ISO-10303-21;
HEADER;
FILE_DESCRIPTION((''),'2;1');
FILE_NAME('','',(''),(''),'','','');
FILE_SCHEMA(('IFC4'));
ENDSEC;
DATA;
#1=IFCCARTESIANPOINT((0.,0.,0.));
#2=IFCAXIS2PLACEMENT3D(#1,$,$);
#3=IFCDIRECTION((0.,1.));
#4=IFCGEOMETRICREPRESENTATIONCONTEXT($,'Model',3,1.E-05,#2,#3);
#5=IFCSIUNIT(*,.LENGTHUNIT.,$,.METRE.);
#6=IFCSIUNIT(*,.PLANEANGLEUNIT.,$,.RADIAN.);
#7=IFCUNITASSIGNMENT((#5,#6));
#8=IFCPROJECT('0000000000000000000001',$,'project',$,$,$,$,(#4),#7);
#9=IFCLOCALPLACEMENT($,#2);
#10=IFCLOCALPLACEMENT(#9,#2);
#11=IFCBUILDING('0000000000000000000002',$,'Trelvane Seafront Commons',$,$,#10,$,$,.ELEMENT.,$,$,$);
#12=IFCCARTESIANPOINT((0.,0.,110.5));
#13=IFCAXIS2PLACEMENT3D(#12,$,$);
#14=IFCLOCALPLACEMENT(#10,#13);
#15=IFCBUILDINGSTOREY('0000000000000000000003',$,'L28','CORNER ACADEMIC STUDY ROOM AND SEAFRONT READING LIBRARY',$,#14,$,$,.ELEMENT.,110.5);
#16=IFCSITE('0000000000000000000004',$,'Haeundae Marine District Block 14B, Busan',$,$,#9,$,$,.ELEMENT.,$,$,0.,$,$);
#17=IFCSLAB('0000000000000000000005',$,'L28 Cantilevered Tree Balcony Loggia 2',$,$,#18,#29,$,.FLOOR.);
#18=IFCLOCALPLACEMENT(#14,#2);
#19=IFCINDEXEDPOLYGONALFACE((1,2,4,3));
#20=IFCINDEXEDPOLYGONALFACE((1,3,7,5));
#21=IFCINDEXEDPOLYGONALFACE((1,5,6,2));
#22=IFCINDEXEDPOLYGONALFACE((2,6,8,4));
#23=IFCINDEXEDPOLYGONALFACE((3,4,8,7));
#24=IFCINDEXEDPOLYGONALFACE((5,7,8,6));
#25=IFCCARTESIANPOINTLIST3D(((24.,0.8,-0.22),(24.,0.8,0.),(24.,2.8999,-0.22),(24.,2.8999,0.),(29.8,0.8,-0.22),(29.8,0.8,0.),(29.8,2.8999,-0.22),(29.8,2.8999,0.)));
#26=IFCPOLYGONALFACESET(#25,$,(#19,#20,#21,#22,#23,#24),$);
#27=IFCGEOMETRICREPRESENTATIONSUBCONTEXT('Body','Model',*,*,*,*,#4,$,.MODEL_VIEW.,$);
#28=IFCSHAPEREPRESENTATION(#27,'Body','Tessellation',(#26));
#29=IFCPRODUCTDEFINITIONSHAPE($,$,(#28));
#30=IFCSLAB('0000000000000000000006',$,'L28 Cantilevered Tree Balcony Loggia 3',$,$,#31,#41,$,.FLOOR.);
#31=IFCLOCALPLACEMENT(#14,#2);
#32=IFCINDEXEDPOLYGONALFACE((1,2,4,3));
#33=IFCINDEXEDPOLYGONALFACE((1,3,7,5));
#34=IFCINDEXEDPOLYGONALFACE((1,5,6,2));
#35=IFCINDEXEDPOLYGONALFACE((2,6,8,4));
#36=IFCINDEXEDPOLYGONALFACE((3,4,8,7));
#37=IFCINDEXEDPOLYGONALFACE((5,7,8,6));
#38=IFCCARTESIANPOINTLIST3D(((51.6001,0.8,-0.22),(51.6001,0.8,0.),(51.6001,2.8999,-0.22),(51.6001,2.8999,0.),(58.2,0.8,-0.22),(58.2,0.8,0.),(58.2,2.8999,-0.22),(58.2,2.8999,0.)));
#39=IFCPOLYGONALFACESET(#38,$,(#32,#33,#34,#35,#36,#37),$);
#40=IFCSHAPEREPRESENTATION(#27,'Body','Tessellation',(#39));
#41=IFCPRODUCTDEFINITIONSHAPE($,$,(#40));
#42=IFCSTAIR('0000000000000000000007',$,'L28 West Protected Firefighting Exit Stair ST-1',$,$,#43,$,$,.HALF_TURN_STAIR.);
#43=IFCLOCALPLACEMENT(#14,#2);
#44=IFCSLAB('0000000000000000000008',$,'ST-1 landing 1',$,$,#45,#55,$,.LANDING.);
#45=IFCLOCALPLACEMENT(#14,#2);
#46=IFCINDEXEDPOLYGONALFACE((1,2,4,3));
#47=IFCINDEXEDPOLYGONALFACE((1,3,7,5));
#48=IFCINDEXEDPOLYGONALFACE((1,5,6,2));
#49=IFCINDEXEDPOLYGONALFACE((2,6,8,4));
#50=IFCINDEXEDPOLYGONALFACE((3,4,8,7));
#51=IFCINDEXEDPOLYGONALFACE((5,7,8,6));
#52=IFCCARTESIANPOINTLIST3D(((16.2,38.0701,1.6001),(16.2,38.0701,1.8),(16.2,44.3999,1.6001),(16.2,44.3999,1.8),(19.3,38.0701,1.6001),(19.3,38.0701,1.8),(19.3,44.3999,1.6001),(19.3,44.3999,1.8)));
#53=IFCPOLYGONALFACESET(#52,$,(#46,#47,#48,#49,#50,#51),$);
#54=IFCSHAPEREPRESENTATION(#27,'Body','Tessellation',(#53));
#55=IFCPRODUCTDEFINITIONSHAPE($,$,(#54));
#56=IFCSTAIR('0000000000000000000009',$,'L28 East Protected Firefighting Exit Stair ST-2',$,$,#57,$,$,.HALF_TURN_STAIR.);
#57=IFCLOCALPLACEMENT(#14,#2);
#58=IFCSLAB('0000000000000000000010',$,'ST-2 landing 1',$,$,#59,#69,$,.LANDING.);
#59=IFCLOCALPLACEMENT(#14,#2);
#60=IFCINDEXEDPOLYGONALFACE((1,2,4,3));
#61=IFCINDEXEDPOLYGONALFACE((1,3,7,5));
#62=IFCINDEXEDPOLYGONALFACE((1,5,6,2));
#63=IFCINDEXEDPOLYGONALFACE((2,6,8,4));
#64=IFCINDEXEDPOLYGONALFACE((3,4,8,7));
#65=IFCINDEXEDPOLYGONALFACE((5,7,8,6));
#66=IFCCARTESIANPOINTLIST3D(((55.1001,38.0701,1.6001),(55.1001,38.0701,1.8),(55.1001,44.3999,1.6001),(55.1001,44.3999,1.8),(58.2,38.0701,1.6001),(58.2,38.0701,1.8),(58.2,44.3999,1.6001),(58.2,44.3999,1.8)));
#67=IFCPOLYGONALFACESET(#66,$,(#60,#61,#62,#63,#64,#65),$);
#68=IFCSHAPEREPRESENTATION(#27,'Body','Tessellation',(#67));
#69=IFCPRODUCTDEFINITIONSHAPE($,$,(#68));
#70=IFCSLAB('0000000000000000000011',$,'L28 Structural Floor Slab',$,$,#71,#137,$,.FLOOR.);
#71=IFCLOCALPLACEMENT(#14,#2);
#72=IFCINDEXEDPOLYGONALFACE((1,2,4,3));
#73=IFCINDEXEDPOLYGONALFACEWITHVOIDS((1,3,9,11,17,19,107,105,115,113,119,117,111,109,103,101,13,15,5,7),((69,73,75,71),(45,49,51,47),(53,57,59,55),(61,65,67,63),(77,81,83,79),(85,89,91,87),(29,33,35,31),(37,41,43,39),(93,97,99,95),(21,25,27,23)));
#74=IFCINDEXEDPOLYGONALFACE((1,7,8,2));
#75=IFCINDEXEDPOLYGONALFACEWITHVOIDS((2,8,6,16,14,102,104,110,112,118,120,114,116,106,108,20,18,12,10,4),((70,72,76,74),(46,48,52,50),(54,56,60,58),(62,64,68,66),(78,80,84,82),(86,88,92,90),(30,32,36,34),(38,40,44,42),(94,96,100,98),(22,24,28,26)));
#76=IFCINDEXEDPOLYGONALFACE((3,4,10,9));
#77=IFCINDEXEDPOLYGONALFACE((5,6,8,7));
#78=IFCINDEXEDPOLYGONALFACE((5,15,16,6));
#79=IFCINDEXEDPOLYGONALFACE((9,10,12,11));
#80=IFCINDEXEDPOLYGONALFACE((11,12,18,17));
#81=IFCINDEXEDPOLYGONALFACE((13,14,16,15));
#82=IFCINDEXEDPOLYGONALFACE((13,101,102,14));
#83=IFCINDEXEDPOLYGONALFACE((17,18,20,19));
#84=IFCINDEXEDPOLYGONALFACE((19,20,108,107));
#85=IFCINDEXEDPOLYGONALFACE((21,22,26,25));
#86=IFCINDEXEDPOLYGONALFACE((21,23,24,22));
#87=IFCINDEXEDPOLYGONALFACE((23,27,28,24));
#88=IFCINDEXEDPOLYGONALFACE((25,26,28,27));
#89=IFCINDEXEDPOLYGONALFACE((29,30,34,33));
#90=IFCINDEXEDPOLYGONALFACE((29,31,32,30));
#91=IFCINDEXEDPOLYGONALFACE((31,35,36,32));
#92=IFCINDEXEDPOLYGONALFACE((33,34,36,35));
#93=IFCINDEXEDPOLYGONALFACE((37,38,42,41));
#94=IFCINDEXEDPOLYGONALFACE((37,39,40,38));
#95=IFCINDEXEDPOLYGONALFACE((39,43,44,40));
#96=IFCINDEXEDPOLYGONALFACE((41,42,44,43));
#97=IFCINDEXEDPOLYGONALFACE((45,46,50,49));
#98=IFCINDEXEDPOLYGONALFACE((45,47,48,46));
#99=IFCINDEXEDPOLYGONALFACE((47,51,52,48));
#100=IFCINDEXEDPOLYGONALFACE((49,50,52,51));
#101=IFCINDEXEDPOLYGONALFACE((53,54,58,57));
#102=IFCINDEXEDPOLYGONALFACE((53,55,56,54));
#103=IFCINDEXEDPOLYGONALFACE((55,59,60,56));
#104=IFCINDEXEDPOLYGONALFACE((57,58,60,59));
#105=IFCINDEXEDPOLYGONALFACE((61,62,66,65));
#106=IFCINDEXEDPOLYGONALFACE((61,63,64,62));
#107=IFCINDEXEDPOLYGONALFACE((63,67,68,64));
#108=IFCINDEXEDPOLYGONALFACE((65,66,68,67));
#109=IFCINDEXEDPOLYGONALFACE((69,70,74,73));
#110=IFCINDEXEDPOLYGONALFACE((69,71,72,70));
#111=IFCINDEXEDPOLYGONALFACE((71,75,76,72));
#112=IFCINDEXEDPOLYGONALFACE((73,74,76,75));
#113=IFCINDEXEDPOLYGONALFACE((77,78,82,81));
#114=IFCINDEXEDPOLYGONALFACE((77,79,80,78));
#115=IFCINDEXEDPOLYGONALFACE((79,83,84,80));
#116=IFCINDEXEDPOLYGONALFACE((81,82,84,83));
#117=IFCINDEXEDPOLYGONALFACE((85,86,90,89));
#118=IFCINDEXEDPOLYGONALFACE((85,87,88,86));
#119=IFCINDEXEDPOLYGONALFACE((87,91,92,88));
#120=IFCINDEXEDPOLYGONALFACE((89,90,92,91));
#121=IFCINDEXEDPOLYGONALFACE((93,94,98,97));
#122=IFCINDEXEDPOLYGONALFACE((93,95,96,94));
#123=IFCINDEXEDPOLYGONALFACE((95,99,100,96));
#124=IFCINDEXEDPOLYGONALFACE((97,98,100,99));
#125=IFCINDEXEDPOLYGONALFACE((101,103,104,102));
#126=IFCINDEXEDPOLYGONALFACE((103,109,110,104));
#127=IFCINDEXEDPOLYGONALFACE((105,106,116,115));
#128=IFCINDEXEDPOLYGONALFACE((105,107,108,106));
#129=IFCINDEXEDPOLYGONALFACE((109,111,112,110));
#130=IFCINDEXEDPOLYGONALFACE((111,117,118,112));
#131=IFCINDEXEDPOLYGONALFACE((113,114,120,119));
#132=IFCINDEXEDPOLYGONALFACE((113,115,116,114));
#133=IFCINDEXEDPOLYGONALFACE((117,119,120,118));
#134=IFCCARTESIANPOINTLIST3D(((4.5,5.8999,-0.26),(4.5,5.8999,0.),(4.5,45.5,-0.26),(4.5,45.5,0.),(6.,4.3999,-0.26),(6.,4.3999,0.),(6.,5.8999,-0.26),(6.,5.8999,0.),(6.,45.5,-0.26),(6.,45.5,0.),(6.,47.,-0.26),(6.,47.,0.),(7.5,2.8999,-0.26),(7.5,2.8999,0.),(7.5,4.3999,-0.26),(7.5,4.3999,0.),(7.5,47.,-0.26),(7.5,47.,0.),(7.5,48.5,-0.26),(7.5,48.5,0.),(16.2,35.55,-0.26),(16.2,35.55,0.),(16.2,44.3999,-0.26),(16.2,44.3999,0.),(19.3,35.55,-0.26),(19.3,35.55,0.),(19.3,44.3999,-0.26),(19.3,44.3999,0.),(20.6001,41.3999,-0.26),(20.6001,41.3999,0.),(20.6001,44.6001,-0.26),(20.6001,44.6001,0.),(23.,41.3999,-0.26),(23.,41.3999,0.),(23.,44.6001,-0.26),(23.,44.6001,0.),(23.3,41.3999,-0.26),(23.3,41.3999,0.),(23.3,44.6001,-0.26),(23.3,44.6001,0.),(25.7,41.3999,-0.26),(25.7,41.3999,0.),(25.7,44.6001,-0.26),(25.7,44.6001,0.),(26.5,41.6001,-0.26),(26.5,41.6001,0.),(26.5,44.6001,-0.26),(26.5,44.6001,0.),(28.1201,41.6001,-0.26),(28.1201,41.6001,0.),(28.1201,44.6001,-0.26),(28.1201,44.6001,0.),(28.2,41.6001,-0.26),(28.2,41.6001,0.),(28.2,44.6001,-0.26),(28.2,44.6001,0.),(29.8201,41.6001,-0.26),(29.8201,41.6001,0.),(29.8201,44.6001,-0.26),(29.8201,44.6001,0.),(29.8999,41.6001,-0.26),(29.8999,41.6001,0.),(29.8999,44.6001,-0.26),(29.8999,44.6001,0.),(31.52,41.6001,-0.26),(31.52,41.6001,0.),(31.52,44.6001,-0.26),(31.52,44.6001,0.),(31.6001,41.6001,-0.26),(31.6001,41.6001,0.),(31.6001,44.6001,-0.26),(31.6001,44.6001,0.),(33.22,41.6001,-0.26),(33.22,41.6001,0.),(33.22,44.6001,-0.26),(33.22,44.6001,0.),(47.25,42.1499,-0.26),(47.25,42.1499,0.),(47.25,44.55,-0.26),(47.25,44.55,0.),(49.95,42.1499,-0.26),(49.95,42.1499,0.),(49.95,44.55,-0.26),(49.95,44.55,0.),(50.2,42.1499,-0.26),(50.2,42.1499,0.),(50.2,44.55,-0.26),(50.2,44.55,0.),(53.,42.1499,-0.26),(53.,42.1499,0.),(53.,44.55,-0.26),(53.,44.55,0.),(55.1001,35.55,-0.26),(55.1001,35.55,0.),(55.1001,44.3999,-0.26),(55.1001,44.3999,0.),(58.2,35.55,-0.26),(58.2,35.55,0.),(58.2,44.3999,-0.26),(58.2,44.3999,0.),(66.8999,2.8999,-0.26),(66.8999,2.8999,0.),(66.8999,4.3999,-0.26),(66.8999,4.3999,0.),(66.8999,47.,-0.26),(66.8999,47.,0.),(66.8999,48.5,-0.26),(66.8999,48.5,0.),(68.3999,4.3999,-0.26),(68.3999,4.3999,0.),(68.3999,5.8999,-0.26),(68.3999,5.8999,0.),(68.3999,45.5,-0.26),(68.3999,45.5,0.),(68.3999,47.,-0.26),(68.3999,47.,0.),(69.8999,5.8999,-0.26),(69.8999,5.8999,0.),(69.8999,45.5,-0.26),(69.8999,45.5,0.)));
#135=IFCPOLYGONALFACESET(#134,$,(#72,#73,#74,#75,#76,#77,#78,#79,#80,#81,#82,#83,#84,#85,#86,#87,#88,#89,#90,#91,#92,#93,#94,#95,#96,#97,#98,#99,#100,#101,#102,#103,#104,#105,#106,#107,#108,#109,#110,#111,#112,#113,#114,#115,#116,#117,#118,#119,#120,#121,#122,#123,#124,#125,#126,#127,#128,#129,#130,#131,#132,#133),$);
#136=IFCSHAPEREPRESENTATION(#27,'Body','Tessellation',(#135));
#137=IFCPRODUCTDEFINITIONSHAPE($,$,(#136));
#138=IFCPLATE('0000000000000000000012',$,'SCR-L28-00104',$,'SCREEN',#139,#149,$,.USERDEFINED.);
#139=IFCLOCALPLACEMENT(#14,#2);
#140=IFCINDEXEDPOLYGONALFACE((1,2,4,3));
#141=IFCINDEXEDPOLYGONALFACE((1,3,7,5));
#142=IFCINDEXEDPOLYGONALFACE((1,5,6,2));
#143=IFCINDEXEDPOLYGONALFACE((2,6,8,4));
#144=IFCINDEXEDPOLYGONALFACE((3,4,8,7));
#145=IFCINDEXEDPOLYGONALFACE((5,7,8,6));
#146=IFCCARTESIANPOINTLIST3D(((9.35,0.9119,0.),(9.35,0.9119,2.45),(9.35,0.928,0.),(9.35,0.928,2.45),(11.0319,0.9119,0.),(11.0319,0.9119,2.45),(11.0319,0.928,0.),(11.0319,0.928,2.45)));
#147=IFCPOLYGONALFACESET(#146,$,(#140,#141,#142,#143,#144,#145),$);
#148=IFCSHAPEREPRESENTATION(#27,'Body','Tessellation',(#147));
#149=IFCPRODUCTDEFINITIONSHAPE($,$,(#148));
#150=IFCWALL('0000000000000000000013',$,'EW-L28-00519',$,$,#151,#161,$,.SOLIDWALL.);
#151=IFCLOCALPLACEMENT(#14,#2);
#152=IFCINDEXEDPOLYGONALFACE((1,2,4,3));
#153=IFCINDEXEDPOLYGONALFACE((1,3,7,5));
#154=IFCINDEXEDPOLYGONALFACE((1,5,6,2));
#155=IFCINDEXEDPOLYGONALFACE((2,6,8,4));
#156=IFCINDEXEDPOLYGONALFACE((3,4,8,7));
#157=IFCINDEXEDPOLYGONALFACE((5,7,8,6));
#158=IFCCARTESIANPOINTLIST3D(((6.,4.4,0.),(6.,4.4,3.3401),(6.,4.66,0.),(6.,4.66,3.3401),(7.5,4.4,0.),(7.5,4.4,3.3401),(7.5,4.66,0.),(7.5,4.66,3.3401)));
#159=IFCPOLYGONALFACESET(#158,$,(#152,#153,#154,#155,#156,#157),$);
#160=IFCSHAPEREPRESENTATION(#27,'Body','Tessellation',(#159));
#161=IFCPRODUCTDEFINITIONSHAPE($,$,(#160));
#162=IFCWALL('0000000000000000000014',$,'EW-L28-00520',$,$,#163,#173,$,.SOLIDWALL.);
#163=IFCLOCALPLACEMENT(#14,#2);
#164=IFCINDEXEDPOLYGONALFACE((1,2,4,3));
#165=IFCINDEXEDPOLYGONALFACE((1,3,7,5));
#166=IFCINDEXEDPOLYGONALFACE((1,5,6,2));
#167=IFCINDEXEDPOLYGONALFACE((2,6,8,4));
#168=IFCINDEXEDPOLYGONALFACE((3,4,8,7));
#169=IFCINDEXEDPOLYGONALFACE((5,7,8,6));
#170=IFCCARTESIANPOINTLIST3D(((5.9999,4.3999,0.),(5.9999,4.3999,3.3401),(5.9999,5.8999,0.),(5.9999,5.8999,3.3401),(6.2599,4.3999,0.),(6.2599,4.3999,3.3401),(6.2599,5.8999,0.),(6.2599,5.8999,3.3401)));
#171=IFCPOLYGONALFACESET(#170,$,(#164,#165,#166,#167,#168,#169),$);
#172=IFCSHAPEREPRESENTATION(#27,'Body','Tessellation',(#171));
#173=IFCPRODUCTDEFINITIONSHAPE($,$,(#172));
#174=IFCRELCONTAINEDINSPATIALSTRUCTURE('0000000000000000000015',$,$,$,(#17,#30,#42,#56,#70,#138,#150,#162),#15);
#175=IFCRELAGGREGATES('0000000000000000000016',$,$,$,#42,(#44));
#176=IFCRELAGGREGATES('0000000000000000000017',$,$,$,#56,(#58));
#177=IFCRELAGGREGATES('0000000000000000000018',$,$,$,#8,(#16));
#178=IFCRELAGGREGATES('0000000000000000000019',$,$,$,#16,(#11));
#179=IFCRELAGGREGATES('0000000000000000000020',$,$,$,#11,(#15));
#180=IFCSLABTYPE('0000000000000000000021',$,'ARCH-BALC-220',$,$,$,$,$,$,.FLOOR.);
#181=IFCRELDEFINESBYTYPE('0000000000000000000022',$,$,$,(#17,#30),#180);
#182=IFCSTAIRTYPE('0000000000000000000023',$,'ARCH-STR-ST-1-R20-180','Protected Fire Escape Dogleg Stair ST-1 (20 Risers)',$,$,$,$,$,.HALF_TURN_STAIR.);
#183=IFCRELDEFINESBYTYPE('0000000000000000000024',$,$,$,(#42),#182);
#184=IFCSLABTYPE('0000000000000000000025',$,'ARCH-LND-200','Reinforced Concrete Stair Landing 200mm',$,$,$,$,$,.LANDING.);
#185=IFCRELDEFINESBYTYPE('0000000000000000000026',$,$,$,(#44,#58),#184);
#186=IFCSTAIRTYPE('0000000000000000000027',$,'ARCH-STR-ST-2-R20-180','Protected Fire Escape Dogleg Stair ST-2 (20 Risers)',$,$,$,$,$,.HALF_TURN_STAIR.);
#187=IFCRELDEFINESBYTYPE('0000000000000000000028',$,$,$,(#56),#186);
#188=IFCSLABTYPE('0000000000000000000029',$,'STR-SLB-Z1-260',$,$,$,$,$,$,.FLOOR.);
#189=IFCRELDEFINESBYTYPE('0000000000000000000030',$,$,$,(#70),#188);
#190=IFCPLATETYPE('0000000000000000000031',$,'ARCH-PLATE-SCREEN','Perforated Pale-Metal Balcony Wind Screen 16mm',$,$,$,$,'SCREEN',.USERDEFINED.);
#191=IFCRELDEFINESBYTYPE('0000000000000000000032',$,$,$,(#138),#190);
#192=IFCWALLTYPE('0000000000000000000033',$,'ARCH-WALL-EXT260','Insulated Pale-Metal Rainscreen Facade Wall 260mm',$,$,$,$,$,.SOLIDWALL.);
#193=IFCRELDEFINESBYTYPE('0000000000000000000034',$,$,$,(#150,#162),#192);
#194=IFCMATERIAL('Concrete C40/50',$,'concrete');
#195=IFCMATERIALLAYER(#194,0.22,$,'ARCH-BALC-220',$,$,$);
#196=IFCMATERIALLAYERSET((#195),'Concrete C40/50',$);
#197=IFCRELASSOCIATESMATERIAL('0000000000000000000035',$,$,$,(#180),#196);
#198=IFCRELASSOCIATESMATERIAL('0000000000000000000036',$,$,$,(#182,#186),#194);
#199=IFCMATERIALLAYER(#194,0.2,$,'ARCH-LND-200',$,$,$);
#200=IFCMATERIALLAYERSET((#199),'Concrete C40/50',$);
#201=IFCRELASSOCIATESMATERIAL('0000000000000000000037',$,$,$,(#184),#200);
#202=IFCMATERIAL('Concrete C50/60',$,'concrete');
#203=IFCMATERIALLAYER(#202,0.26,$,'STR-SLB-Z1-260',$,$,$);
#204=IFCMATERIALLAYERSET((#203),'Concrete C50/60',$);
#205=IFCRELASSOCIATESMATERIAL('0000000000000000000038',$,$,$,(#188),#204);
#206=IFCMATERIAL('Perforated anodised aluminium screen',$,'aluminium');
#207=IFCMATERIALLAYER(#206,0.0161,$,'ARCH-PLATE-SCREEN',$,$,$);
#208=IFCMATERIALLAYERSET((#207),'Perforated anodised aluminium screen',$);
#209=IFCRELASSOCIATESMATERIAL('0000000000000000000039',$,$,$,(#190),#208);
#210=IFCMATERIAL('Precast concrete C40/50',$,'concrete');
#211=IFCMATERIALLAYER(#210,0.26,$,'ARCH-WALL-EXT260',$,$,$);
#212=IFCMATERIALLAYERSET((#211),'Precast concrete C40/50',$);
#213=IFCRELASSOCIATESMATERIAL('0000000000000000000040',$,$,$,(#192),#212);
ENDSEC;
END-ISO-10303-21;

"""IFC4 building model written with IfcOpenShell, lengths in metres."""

from ifc_helpers import new_model, si_unit, direction, frame, frame_2d, origin, origin_2d, place, context, subcontext, project, spatial, polyline, rectangle, outline, extrude, source, transform, mapped, material, layer, layer_set, type_object, element, aggregate, save


model = new_model("IFC4")

# Units and contexts
model_context = context("Model", 3, precision=1e-05, world=origin(), true_north=direction((0.0, 1.0)))
body_context = subcontext(model_context, "Body", "Model", "MODEL_VIEW")
ifc_project = project(units=[si_unit("LENGTHUNIT", "METRE"), si_unit("PLANEANGLEUNIT", "RADIAN")], contexts=[model_context])

# Site, building, storey
site_placement = place(None, origin())
site = spatial("IfcSite", under=ifc_project, at=site_placement, Name="Haeundae Marine District Block 14B, Busan", CompositionType="ELEMENT", RefElevation=0.0)
building_placement = place(site_placement, origin())
building = spatial("IfcBuilding", under=site, at=building_placement, Name="Trelvane Seafront Commons", CompositionType="ELEMENT")
storey_placement = place(building_placement, frame((0.0, 0.0, 110.5)))
storey = spatial("IfcBuildingStorey", under=building, at=storey_placement, Name="L28", Description="CORNER ACADEMIC STUDY ROOM AND SEAFRONT READING LIBRARY", CompositionType="ELEMENT", Elevation=110.5)

# Slabs
ifc_material_1 = material(Name="Concrete C40/50", Category="concrete")
ifc_layer_1 = layer(ifc_material_1, 0.22, Name="ARCH-BALC-220")
ifc_layer_set_1 = layer_set([ifc_layer_1], Name="Concrete C40/50")
slab_type_1 = type_object("IfcSlabType", Name="ARCH-BALC-220", PredefinedType="FLOOR", material=ifc_layer_set_1)
slab_1_placement = place(storey_placement, frame((0.0, 0.0, -0.22)))
element("IfcSlab", 1, at=slab_1_placement, inside=storey, type_object=slab_type_1, Name="L28 Cantilevered Tree Balcony Loggia 2", PredefinedType="FLOOR", context=body_context, shape_type="SweptSolid", body=[
    extrude(outline(polyline([(24.0, 0.8), (29.8, 0.8), (29.8, 2.8999), (24.0, 2.8999), (24.0, 0.8)])), origin(), (0.0, 0.0, 1.0), 0.22),
])
slab_2_placement = place(storey_placement, frame((0.0, 0.0, -0.22)))
element("IfcSlab", 2, at=slab_2_placement, inside=storey, type_object=slab_type_1, Name="L28 Cantilevered Tree Balcony Loggia 3", PredefinedType="FLOOR", context=body_context, shape_type="SweptSolid", body=[
    extrude(outline(polyline([(51.6001, 0.8), (58.2, 0.8), (58.2, 2.8999), (51.6001, 2.8999), (51.6001, 0.8)])), origin(), (0.0, 0.0, 1.0), 0.22),
])

# Stairs, slabs
stair_type_1 = type_object("IfcStairType", Name="ARCH-STR-ST-1-R20-180", Description="Protected Fire Escape Dogleg Stair ST-1 (20 Risers)", PredefinedType="HALF_TURN_STAIR", material=ifc_material_1)
stair_1_placement = place(storey_placement, origin())
stair_1 = element("IfcStair", 3, at=stair_1_placement, inside=storey, type_object=stair_type_1, Name="L28 West Protected Firefighting Exit Stair ST-1", PredefinedType="HALF_TURN_STAIR")
ifc_layer_2 = layer(ifc_material_1, 0.2, Name="ARCH-LND-200")
ifc_layer_set_2 = layer_set([ifc_layer_2], Name="Concrete C40/50")
slab_type_2 = type_object("IfcSlabType", Name="ARCH-LND-200", Description="Reinforced Concrete Stair Landing 200mm", PredefinedType="LANDING", material=ifc_layer_set_2)
slab_3_placement = place(storey_placement, frame((0.0, 0.0, 1.6001)))
slab_3 = element("IfcSlab", 4, at=slab_3_placement, type_object=slab_type_2, Name="ST-1 landing 1", PredefinedType="LANDING", context=body_context, shape_type="SweptSolid", body=[
    extrude(outline(polyline([(19.3, 38.0701), (19.3, 44.3999), (16.2, 44.3999), (16.2, 38.0701), (19.3, 38.0701)])), origin(), (0.0, 0.0, 1.0), 0.2),
])
aggregate(stair_1, [slab_3])
stair_type_2 = type_object("IfcStairType", Name="ARCH-STR-ST-2-R20-180", Description="Protected Fire Escape Dogleg Stair ST-2 (20 Risers)", PredefinedType="HALF_TURN_STAIR", material=ifc_material_1)
stair_2_placement = place(storey_placement, origin())
stair_2 = element("IfcStair", 5, at=stair_2_placement, inside=storey, type_object=stair_type_2, Name="L28 East Protected Firefighting Exit Stair ST-2", PredefinedType="HALF_TURN_STAIR")
slab_4_placement = place(storey_placement, frame((0.0, 0.0, 1.6001)))
slab_4 = element("IfcSlab", 6, at=slab_4_placement, type_object=slab_type_2, Name="ST-2 landing 1", PredefinedType="LANDING", context=body_context, shape_type="SweptSolid", body=[
    extrude(outline(polyline([(58.2, 38.0701), (58.2, 44.3999), (55.1001, 44.3999), (55.1001, 38.0701), (58.2, 38.0701)])), origin(), (0.0, 0.0, 1.0), 0.2),
])
aggregate(stair_2, [slab_4])

# Slab
ifc_material_2 = material(Name="Concrete C50/60", Category="concrete")
ifc_layer_3 = layer(ifc_material_2, 0.26, Name="STR-SLB-Z1-260")
ifc_layer_set_3 = layer_set([ifc_layer_3], Name="Concrete C50/60")
slab_type_3 = type_object("IfcSlabType", Name="STR-SLB-Z1-260", PredefinedType="FLOOR", material=ifc_layer_set_3)
slab_5_placement = place(storey_placement, frame((0.0, 0.0, -0.26)))
element("IfcSlab", 7, at=slab_5_placement, inside=storey, type_object=slab_type_3, Name="L28 Structural Floor Slab", PredefinedType="FLOOR", context=body_context, shape_type="SweptSolid", body=[
    extrude(outline(polyline([(7.5, 2.8999), (66.8999, 2.8999), (66.8999, 4.3999), (68.3999, 4.3999), (68.3999, 5.8999), (69.8999, 5.8999), (69.8999, 45.5), (68.3999, 45.5), (68.3999, 47.0), (66.8999, 47.0), (66.8999, 48.5), (7.5, 48.5), (7.5, 47.0), (6.0, 47.0), (6.0, 45.5), (4.5, 45.5), (4.5, 5.8999), (6.0, 5.8999), (6.0, 4.3999), (7.5, 4.3999), (7.5, 2.8999)]), holes=[polyline([(19.3, 35.55), (16.2, 35.55), (16.2, 44.3999), (19.3, 44.3999), (19.3, 35.55)]), polyline([(58.2, 35.55), (55.1001, 35.55), (55.1001, 44.3999), (58.2, 44.3999), (58.2, 35.55)]), polyline([(23.0, 41.3999), (20.6001, 41.3999), (20.6001, 44.6001), (23.0, 44.6001), (23.0, 41.3999)]), polyline([(23.3, 41.3999), (23.3, 44.6001), (25.7, 44.6001), (25.7, 41.3999), (23.3, 41.3999)]), polyline([(26.5, 41.6001), (26.5, 44.6001), (28.1201, 44.6001), (28.1201, 41.6001), (26.5, 41.6001)]), polyline([(29.8201, 41.6001), (28.2, 41.6001), (28.2, 44.6001), (29.8201, 44.6001), (29.8201, 41.6001)]), polyline([(31.52, 41.6001), (29.8999, 41.6001), (29.8999, 44.6001), (31.52, 44.6001), (31.52, 41.6001)]), polyline([(33.22, 41.6001), (31.6001, 41.6001), (31.6001, 44.6001), (33.22, 44.6001), (33.22, 41.6001)]), polyline([(47.25, 42.1499), (47.25, 44.55), (49.95, 44.55), (49.95, 42.1499), (47.25, 42.1499)]), polyline([(50.2, 42.1499), (50.2, 44.55), (53.0, 44.55), (53.0, 42.1499), (50.2, 42.1499)])]), origin(), (0.0, 0.0, 1.0), 0.26),
])

# Plate
ifc_material_3 = material(Name="Perforated anodised aluminium screen", Category="aluminium")
ifc_layer_4 = layer(ifc_material_3, 0.0161, Name="ARCH-PLATE-SCREEN")
ifc_layer_set_4 = layer_set([ifc_layer_4], Name="Perforated anodised aluminium screen")
plate_type = type_object("IfcPlateType", Name="ARCH-PLATE-SCREEN", Description="Perforated Pale-Metal Balcony Wind Screen 16mm", ElementType="SCREEN", PredefinedType="USERDEFINED", material=ifc_layer_set_4)
shared_shape_1 = source(origin(), body_context, "Body", "SweptSolid", [
    extrude(rectangle(XDim=1.6819, YDim=0.0161, at=origin_2d()), origin(), (0.0, 0.0, 1.0), 2.45),
])
plate_placement = place(storey_placement, frame((10.1909, 0.9199, 0.0), z_axis=(0.0, 0.0, 1.0), x_axis=(1.0, 0.0, 0.0)))
element("IfcPlate", 8, at=plate_placement, inside=storey, type_object=plate_type, Name="SCR-L28-00104", ObjectType="SCREEN", PredefinedType="USERDEFINED", context=body_context, shape_type="MappedRepresentation", body=[
    mapped(shared_shape_1, transform((0.0, 0.0, 0.0), x_axis=(1.0, 0.0, 0.0), y_axis=(0.0, 1.0, 0.0), z_axis=(0.0, 0.0, 1.0), scale=1.0)),
])

# Walls
ifc_material_4 = material(Name="Precast concrete C40/50", Category="concrete")
ifc_layer_5 = layer(ifc_material_4, 0.26, Name="ARCH-WALL-EXT260")
ifc_layer_set_5 = layer_set([ifc_layer_5], Name="Precast concrete C40/50")
wall_type_1 = type_object("IfcWallType", Name="ARCH-WALL-EXT260", Description="Insulated Pale-Metal Rainscreen Facade Wall 260mm", PredefinedType="SOLIDWALL", material=ifc_layer_set_5)
for number, where, z_axis, x_axis, name in (
    (9, (7.5, 4.53, 0.0), (0.0, 0.0, 1.0), (-1.0, 0.0, 0.0), "EW-L28-00519"),
    (10, (6.1299, 4.3999, 0.0), (0.0, 0.0, 1.0), (0.0, 1.0, 0.0), "EW-L28-00520"),
):
    element("IfcWall", number, at=place(storey_placement, frame(where, z_axis=z_axis, x_axis=x_axis)), inside=storey, type_object=wall_type_1, Name=name, PredefinedType="SOLIDWALL", context=body_context, shape_type="SweptSolid", body=[
        extrude(rectangle(XDim=1.5, YDim=0.26, at=frame_2d((0.75, 0.0))), origin(), (0.0, 0.0, 1.0), 3.3401),
    ])

save(model, "model.ifc")
